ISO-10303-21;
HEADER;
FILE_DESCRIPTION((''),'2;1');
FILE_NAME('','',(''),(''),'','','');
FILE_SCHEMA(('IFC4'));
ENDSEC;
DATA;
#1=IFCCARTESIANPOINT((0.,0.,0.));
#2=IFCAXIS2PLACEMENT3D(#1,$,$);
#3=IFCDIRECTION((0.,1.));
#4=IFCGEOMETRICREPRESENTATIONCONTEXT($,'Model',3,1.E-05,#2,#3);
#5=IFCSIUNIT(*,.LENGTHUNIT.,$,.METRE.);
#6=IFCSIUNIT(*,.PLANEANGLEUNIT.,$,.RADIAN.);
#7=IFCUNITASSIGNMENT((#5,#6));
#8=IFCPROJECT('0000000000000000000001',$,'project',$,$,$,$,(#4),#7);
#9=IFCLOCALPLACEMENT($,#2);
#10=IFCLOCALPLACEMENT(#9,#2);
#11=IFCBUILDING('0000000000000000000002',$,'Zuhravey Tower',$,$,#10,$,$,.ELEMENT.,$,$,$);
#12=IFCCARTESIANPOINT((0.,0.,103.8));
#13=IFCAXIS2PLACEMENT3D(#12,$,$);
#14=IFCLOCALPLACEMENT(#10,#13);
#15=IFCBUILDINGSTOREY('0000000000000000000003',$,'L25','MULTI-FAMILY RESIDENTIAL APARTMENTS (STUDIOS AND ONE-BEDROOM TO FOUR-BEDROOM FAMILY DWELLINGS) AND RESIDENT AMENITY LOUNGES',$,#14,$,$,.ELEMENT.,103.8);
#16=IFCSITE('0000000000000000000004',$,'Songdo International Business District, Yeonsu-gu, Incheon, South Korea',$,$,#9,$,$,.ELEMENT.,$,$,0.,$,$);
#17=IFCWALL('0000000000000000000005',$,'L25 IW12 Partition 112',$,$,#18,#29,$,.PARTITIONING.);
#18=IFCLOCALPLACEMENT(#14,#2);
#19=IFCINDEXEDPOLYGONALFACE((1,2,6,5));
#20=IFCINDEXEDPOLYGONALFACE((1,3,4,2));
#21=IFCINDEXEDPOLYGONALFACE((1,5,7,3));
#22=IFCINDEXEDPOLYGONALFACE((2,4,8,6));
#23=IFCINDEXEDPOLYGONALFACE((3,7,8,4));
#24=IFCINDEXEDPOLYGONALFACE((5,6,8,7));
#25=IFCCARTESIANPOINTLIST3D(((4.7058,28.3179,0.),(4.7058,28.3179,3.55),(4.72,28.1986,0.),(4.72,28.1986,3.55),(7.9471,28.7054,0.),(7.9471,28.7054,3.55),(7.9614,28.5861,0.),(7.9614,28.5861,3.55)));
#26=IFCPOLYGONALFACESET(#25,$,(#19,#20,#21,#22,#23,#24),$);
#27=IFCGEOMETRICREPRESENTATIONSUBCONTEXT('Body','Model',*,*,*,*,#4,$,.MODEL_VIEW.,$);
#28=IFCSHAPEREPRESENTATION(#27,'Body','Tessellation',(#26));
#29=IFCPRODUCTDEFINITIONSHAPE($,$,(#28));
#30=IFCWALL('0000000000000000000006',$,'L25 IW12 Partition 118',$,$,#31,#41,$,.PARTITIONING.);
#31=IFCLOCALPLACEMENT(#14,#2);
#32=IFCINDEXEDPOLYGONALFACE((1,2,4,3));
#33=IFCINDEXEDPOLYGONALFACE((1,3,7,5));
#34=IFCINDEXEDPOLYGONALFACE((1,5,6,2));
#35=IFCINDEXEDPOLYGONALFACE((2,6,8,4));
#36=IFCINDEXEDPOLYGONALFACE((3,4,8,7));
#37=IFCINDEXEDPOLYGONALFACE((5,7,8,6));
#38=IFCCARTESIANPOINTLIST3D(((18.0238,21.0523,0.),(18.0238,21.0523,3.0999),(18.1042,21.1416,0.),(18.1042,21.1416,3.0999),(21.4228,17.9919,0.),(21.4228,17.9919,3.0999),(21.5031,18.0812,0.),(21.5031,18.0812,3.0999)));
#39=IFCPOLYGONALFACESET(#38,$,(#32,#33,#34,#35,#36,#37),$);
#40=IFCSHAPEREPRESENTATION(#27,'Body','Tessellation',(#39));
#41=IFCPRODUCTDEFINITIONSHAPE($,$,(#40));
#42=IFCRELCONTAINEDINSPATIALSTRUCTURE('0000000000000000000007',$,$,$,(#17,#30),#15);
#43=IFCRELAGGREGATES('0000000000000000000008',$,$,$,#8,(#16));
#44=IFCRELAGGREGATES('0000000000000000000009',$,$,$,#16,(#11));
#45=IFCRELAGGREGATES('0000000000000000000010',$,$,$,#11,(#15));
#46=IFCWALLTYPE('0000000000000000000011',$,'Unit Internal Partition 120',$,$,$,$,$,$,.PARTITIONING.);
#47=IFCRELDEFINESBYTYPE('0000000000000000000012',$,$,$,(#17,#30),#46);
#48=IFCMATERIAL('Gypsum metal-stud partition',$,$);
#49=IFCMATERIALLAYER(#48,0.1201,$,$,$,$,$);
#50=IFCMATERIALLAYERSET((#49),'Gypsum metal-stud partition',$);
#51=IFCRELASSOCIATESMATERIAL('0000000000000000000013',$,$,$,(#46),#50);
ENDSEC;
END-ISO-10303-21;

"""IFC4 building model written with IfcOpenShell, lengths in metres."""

from ifc_helpers import new_model, si_unit, direction, frame, frame_2d, origin, place, context, subcontext, project, spatial, rectangle, extrude, material, layer, layer_set, type_object, element, save


model = new_model("IFC4")

# Units and contexts
model_context = context("Model", 3, precision=1e-05, world=origin(), true_north=direction((0.0, 1.0)))
body_context = subcontext(model_context, "Body", "Model", "MODEL_VIEW")
ifc_project = project(units=[si_unit("LENGTHUNIT", "METRE"), si_unit("PLANEANGLEUNIT", "RADIAN")], contexts=[model_context])

# Site, building, storey
site_placement = place(None, origin())
site = spatial("IfcSite", under=ifc_project, at=site_placement, Name="Songdo International Business District, Yeonsu-gu, Incheon, South Korea", CompositionType="ELEMENT", RefElevation=0.0)
building_placement = place(site_placement, origin())
building = spatial("IfcBuilding", under=site, at=building_placement, Name="Zuhravey Tower", CompositionType="ELEMENT")
storey_placement = place(building_placement, frame((0.0, 0.0, 103.8)))
storey = spatial("IfcBuildingStorey", under=building, at=storey_placement, Name="L25", Description="MULTI-FAMILY RESIDENTIAL APARTMENTS (STUDIOS AND ONE-BEDROOM TO FOUR-BEDROOM FAMILY DWELLINGS) AND RESIDENT AMENITY LOUNGES", CompositionType="ELEMENT", Elevation=103.8)

# Shared definitions
ifc_material_1 = material(Name="Gypsum metal-stud partition")
ifc_layer_1 = layer(ifc_material_1, 0.1201)
ifc_layer_set_1 = layer_set([ifc_layer_1], Name="Gypsum metal-stud partition")
wall_type_1 = type_object("IfcWallType", Name="Unit Internal Partition 120", PredefinedType="PARTITIONING", material=ifc_layer_set_1)

# Walls
wall_1_placement = place(storey_placement, frame((7.9543, 28.6458, 0.0), z_axis=(0.0, 0.0, 1.0), x_axis=(-0.992931, -0.118694, 0.0)))
element("IfcWall", 1, at=wall_1_placement, inside=storey, type_object=wall_type_1, Name="L25 IW12 Partition 112", PredefinedType="PARTITIONING", context=body_context, shape_type="SweptSolid", body=[
    extrude(rectangle(XDim=3.2644, YDim=0.1201, at=frame_2d((1.6323, 0.0))), origin(), (0.0, 0.0, 1.0), 3.55),
])
wall_2_placement = place(storey_placement, frame((18.064, 21.0969, 0.0), z_axis=(0.0, 0.0, 1.0), x_axis=(0.743156, -0.669118, 0.0)))
element("IfcWall", 2, at=wall_2_placement, inside=storey, type_object=wall_type_1, Name="L25 IW12 Partition 118", PredefinedType="PARTITIONING", context=body_context, shape_type="SweptSolid", body=[
    extrude(rectangle(XDim=4.5737, YDim=0.1201, at=frame_2d((2.2869, 0.0))), origin(), (0.0, 0.0, 1.0), 3.0999),
])

save(model, "model.ifc")
